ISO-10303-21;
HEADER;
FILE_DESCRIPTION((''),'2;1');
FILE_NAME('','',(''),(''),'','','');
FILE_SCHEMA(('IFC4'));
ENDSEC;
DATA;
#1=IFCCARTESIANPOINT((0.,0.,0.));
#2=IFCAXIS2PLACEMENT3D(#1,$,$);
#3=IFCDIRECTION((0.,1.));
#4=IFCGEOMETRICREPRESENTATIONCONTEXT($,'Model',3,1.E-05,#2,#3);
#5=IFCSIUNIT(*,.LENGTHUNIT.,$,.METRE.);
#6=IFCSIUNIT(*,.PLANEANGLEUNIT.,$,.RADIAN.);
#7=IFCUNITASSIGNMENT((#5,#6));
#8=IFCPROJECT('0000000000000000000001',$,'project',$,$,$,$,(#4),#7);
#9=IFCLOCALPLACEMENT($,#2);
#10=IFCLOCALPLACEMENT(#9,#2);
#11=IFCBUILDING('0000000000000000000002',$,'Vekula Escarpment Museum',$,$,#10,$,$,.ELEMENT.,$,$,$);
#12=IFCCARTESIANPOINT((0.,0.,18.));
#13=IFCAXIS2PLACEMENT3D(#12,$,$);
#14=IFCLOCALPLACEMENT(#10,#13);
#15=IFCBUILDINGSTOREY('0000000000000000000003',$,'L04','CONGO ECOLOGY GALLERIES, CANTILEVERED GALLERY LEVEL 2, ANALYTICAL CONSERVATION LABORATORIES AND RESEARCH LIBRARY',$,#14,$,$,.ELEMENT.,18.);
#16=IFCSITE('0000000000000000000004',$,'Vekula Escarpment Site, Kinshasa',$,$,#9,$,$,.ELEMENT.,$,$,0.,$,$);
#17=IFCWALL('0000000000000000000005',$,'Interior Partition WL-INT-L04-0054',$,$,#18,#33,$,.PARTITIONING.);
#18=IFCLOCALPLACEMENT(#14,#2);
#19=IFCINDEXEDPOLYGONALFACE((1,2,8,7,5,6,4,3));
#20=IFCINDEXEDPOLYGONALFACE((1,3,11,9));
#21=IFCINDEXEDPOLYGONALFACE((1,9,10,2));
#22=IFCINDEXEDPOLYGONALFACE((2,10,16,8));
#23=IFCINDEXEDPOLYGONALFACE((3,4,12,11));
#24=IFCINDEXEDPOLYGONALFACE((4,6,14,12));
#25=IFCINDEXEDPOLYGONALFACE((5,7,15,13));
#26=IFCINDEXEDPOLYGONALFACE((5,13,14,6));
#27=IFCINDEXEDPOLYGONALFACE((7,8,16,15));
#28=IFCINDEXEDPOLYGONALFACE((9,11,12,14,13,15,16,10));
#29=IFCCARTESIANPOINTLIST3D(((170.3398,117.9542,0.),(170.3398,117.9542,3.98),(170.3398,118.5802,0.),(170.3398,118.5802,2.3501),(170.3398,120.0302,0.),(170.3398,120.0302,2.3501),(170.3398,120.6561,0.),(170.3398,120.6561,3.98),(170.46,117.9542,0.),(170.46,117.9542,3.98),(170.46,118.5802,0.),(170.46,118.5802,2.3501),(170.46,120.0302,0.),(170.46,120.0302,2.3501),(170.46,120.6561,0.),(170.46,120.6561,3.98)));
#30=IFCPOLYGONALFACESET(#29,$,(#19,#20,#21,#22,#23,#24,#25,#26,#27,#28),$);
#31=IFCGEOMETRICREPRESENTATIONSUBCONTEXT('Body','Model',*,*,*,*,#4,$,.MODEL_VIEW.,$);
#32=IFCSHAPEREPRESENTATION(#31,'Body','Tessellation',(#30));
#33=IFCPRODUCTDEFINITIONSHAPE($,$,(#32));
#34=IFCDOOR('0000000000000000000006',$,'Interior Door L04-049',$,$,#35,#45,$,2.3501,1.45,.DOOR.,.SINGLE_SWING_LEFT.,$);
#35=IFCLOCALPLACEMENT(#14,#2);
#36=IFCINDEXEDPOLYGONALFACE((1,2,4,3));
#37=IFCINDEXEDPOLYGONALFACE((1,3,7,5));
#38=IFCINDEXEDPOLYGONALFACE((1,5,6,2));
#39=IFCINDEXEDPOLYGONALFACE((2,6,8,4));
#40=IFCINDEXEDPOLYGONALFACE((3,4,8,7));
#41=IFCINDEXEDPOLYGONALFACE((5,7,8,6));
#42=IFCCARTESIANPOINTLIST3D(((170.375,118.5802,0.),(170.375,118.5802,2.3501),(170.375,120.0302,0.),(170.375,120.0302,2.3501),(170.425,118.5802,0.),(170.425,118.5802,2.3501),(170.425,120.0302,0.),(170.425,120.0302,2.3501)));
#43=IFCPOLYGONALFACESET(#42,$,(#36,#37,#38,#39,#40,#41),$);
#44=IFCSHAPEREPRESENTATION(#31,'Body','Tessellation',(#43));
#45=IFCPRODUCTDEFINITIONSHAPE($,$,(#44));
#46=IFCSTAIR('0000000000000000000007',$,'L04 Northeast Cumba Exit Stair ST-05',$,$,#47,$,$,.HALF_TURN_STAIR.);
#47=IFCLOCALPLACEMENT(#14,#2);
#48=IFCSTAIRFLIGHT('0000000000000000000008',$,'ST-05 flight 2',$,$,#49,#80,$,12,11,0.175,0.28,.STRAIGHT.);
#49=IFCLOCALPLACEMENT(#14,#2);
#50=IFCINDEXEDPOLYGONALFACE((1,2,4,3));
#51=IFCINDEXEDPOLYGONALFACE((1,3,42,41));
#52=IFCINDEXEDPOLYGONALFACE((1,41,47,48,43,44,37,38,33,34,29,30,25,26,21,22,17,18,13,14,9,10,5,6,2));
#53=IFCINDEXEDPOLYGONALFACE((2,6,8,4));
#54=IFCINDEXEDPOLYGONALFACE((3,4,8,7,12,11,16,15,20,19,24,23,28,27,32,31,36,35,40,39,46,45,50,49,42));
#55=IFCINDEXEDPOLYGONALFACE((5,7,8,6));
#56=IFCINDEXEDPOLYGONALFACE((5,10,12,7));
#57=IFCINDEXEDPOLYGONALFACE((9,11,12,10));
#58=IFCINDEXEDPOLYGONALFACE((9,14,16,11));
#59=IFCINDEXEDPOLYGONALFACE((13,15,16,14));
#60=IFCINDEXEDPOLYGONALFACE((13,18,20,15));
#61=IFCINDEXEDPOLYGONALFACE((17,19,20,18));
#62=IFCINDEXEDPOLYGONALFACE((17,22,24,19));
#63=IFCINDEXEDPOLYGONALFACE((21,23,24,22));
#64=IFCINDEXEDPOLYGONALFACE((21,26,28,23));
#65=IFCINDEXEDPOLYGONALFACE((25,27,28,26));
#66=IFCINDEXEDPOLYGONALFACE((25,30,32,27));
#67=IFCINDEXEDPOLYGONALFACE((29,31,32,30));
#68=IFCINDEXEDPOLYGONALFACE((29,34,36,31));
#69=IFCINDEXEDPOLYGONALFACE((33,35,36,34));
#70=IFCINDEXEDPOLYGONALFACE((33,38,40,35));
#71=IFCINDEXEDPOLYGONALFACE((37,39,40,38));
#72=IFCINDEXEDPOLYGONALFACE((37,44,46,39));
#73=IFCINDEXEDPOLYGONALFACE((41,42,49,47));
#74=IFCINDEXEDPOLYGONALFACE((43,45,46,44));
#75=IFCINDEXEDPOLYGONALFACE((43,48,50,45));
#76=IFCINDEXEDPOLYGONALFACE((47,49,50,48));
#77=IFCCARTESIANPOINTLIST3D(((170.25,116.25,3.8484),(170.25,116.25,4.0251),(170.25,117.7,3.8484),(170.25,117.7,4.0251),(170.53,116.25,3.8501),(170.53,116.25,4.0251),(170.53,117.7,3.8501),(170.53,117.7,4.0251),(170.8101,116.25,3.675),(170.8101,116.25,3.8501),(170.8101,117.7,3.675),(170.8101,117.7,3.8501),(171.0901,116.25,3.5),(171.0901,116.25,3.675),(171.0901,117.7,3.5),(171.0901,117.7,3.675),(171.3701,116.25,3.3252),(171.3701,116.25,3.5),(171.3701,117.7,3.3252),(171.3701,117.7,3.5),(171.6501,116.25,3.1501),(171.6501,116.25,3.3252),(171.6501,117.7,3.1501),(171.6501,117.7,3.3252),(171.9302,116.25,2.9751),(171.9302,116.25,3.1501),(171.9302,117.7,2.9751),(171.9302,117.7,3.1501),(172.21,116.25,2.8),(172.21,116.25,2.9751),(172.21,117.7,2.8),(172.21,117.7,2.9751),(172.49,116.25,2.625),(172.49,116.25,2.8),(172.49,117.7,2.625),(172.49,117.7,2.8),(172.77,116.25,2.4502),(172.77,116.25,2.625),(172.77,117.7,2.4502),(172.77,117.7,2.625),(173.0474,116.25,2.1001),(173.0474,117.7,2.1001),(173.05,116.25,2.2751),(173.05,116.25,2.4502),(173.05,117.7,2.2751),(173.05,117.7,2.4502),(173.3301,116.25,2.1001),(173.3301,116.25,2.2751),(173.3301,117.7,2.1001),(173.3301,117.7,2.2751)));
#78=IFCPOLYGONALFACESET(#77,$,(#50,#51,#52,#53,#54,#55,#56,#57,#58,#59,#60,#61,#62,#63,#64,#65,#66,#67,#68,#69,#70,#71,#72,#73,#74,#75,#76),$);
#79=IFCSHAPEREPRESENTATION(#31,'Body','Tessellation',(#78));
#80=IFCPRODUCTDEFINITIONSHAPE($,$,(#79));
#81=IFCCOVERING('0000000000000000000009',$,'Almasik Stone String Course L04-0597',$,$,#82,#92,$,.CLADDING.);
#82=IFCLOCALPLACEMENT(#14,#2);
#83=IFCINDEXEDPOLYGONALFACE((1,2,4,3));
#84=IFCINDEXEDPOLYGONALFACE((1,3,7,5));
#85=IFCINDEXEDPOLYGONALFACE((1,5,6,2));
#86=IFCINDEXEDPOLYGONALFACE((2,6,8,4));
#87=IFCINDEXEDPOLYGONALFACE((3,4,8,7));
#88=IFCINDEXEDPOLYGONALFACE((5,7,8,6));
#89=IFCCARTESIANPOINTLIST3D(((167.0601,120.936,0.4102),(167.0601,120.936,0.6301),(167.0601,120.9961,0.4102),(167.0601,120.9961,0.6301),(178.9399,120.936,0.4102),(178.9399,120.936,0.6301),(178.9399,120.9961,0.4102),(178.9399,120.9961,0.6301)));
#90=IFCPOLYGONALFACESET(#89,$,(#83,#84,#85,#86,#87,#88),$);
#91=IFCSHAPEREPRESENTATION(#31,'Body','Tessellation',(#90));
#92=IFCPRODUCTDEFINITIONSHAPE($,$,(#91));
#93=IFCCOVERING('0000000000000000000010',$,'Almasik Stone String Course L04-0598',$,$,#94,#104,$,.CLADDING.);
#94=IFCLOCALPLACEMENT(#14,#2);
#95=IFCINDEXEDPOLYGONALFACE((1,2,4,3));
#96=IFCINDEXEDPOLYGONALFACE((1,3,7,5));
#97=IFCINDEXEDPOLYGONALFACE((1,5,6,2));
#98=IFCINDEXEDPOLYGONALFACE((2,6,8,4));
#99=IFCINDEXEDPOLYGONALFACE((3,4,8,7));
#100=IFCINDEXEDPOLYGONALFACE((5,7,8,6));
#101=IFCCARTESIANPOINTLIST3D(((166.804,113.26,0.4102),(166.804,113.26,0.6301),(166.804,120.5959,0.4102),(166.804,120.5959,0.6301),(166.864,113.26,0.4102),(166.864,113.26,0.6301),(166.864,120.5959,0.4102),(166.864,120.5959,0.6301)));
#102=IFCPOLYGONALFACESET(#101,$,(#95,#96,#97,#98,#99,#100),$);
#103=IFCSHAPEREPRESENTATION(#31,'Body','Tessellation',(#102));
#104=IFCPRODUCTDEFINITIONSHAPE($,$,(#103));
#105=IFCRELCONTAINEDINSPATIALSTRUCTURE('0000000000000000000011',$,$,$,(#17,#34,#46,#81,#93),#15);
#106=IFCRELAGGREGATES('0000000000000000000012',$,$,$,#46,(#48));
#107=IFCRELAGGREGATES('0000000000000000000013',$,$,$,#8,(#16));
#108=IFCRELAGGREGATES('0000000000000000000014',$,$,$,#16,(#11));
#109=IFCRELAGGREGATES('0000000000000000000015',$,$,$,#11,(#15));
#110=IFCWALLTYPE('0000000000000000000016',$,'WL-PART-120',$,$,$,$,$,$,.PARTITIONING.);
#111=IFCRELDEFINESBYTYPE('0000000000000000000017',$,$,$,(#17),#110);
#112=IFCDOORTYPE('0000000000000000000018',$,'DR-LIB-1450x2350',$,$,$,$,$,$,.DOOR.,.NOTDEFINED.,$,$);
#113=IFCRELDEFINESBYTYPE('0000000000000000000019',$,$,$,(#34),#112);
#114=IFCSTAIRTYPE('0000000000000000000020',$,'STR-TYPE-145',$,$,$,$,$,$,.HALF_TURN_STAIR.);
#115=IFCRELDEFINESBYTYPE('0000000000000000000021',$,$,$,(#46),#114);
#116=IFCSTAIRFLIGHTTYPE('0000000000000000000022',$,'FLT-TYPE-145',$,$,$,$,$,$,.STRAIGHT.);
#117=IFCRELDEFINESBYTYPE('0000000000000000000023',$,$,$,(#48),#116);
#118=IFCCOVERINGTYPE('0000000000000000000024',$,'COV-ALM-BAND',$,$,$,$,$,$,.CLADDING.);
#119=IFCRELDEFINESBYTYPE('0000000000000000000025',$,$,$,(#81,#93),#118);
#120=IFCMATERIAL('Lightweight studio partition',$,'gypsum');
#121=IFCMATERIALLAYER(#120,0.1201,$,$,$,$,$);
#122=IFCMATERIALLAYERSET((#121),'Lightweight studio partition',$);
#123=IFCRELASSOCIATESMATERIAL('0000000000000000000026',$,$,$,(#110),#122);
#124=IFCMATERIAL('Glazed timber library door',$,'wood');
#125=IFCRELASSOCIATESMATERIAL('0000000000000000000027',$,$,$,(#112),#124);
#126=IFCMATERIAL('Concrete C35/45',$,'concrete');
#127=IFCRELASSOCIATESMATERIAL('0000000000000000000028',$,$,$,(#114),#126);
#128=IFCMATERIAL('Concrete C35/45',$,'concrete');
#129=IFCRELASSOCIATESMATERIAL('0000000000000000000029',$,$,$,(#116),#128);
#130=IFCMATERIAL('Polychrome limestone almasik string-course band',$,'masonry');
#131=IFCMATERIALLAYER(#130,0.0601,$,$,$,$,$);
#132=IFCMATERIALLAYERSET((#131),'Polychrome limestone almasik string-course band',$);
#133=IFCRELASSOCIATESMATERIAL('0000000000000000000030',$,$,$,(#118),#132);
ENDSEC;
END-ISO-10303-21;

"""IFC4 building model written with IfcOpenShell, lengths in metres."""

from ifc_helpers import new_model, si_unit, direction, frame, frame_2d, origin, origin_2d, place, context, subcontext, project, spatial, polyline, rectangle, outline, extrude, material, layer, layer_set, type_object, element, fill, aggregate, save


model = new_model("IFC4")

# Units and contexts
model_context = context("Model", 3, precision=1e-05, world=origin(), true_north=direction((0.0, 1.0)))
body_context = subcontext(model_context, "Body", "Model", "MODEL_VIEW")
ifc_project = project(units=[si_unit("LENGTHUNIT", "METRE"), si_unit("PLANEANGLEUNIT", "RADIAN")], contexts=[model_context])

# Site, building, storey
site_placement = place(None, origin())
site = spatial("IfcSite", under=ifc_project, at=site_placement, Name="Vekula Escarpment Site, Kinshasa", CompositionType="ELEMENT", RefElevation=0.0)
building_placement = place(site_placement, origin())
building = spatial("IfcBuilding", under=site, at=building_placement, Name="Vekula Escarpment Museum", CompositionType="ELEMENT")
storey_placement = place(building_placement, frame((0.0, 0.0, 18.0)))
storey = spatial("IfcBuildingStorey", under=building, at=storey_placement, Name="L04", Description="CONGO ECOLOGY GALLERIES, CANTILEVERED GALLERY LEVEL 2, ANALYTICAL CONSERVATION LABORATORIES AND RESEARCH LIBRARY", CompositionType="ELEMENT", Elevation=18.0)

# Wall, opening, door
ifc_material_1 = material(Name="Lightweight studio partition", Category="gypsum")
ifc_layer_1 = layer(ifc_material_1, 0.1201)
ifc_layer_set_1 = layer_set([ifc_layer_1], Name="Lightweight studio partition")
wall_type_1 = type_object("IfcWallType", Name="WL-PART-120", PredefinedType="PARTITIONING", material=ifc_layer_set_1)
wall_1_placement = place(storey_placement, frame((170.3999, 117.9541, 0.0), z_axis=(0.0, 0.0, 1.0), x_axis=(0.0, 1.0, 0.0)))
wall_1 = element("IfcWall", 1, at=wall_1_placement, inside=storey, type_object=wall_type_1, Name="Interior Partition WL-INT-L04-0054", PredefinedType="PARTITIONING", context=body_context, shape_type="SweptSolid", body=[
    extrude(rectangle(XDim=2.7019, YDim=0.1201, at=frame_2d((1.3511, 0.0))), origin(), (0.0, 0.0, 1.0), 3.98),
])
opening_1_placement = place(wall_1_placement, frame((0.626, 0.0, 0.0)))
opening_1 = element("IfcOpeningElement", 2, at=opening_1_placement, cuts=wall_1, PredefinedType="OPENING", context=body_context, shape_type="SweptSolid", body=[
    extrude(rectangle(XDim=1.45, YDim=2.3501, at=frame_2d((0.7251, 1.175))), frame((0.0, 0.0701, 0.0), z_axis=(0.0, -1.0, 0.0), x_axis=(1.0, 0.0, 0.0)), (0.0, 0.0, 1.0), 0.1401),
])
ifc_material_2 = material(Name="Glazed timber library door", Category="wood")
door_type = type_object("IfcDoorType", Name="DR-LIB-1450x2350", OperationType="NOTDEFINED", PredefinedType="DOOR", material=ifc_material_2)
door_placement = place(opening_1_placement, origin())
door = element("IfcDoor", 3, at=door_placement, inside=storey, type_object=door_type, Name="Interior Door L04-049", OperationType="SINGLE_SWING_LEFT", OverallHeight=2.3501, OverallWidth=1.45, PredefinedType="DOOR", context=body_context, shape_type="SweptSolid", body=[
    extrude(rectangle(XDim=1.45, YDim=2.3501, at=frame_2d((0.7251, 1.175))), frame((0.0, 0.0249, 0.0), z_axis=(0.0, -1.0, 0.0), x_axis=(1.0, 0.0, 0.0)), (0.0, 0.0, 1.0), 0.05),
])
fill(opening_1, door)

# Stair, stair flight
ifc_material_3 = material(Name="Concrete C35/45", Category="concrete")
stair_type = type_object("IfcStairType", Name="STR-TYPE-145", PredefinedType="HALF_TURN_STAIR", material=ifc_material_3)
stair_placement = place(storey_placement, origin())
stair = element("IfcStair", 4, at=stair_placement, inside=storey, type_object=stair_type, Name="L04 Northeast Cumba Exit Stair ST-05", PredefinedType="HALF_TURN_STAIR")
ifc_material_4 = material(Name="Concrete C35/45", Category="concrete")
stair_flight_type = type_object("IfcStairFlightType", Name="FLT-TYPE-145", PredefinedType="STRAIGHT", material=ifc_material_4)
stair_flight_placement = place(storey_placement, frame((173.3301, 116.9751, 2.1001), z_axis=(0.0, 0.0, 1.0), x_axis=(-1.0, 0.0, 0.0)))
stair_flight = element("IfcStairFlight", 5, at=stair_flight_placement, type_object=stair_flight_type, Name="ST-05 flight 2", NumberOfRisers=12, NumberOfTreads=11, PredefinedType="STRAIGHT", RiserHeight=0.175, TreadLength=0.28, context=body_context, shape_type="SweptSolid", body=[
    extrude(outline(polyline([(0.0, 0.0), (0.0, 0.175), (0.28, 0.175), (0.28, 0.3501), (0.5601, 0.3501), (0.5601, 0.5249), (0.8401, 0.5249), (0.8401, 0.7), (1.1201, 0.7), (1.1201, 0.875), (1.3999, 0.875), (1.3999, 1.05), (1.6799, 1.05), (1.6799, 1.2251), (1.96, 1.2251), (1.96, 1.3999), (2.24, 1.3999), (2.24, 1.575), (2.52, 1.575), (2.52, 1.75), (2.8, 1.75), (2.8, 1.925), (3.0801, 1.925), (3.0801, 2.1001), (3.0801, 1.7483), (0.2827, 0.0), (0.0, 0.0)])), frame((0.0, 0.7251, 0.0), z_axis=(0.0, -1.0, 0.0), x_axis=(1.0, 0.0, 0.0)), (0.0, 0.0, 1.0), 1.45),
])
aggregate(stair, [stair_flight])

# Coverings
ifc_material_5 = material(Name="Polychrome limestone almasik string-course band", Category="masonry")
ifc_layer_2 = layer(ifc_material_5, 0.0601)
ifc_layer_set_2 = layer_set([ifc_layer_2], Name="Polychrome limestone almasik string-course band")
covering_type = type_object("IfcCoveringType", Name="COV-ALM-BAND", PredefinedType="CLADDING", material=ifc_layer_set_2)
covering_1_placement = place(storey_placement, frame((173.0, 120.9661, 0.4102), z_axis=(0.0, 0.0, 1.0), x_axis=(1.0, 0.0, 0.0)))
element("IfcCovering", 6, at=covering_1_placement, inside=storey, type_object=covering_type, Name="Almasik Stone String Course L04-0597", PredefinedType="CLADDING", context=body_context, shape_type="SweptSolid", body=[
    extrude(rectangle(XDim=11.8799, YDim=0.0601, at=origin_2d()), origin(), (0.0, 0.0, 1.0), 0.22),
])
covering_2_placement = place(storey_placement, frame((166.834, 116.928, 0.4102), z_axis=(0.0, 0.0, 1.0), x_axis=(0.0, 1.0, 0.0)))
element("IfcCovering", 7, at=covering_2_placement, inside=storey, type_object=covering_type, Name="Almasik Stone String Course L04-0598", PredefinedType="CLADDING", context=body_context, shape_type="SweptSolid", body=[
    extrude(rectangle(XDim=7.3359, YDim=0.0601, at=origin_2d()), origin(), (0.0, 0.0, 1.0), 0.22),
])

save(model, "model.ifc")
